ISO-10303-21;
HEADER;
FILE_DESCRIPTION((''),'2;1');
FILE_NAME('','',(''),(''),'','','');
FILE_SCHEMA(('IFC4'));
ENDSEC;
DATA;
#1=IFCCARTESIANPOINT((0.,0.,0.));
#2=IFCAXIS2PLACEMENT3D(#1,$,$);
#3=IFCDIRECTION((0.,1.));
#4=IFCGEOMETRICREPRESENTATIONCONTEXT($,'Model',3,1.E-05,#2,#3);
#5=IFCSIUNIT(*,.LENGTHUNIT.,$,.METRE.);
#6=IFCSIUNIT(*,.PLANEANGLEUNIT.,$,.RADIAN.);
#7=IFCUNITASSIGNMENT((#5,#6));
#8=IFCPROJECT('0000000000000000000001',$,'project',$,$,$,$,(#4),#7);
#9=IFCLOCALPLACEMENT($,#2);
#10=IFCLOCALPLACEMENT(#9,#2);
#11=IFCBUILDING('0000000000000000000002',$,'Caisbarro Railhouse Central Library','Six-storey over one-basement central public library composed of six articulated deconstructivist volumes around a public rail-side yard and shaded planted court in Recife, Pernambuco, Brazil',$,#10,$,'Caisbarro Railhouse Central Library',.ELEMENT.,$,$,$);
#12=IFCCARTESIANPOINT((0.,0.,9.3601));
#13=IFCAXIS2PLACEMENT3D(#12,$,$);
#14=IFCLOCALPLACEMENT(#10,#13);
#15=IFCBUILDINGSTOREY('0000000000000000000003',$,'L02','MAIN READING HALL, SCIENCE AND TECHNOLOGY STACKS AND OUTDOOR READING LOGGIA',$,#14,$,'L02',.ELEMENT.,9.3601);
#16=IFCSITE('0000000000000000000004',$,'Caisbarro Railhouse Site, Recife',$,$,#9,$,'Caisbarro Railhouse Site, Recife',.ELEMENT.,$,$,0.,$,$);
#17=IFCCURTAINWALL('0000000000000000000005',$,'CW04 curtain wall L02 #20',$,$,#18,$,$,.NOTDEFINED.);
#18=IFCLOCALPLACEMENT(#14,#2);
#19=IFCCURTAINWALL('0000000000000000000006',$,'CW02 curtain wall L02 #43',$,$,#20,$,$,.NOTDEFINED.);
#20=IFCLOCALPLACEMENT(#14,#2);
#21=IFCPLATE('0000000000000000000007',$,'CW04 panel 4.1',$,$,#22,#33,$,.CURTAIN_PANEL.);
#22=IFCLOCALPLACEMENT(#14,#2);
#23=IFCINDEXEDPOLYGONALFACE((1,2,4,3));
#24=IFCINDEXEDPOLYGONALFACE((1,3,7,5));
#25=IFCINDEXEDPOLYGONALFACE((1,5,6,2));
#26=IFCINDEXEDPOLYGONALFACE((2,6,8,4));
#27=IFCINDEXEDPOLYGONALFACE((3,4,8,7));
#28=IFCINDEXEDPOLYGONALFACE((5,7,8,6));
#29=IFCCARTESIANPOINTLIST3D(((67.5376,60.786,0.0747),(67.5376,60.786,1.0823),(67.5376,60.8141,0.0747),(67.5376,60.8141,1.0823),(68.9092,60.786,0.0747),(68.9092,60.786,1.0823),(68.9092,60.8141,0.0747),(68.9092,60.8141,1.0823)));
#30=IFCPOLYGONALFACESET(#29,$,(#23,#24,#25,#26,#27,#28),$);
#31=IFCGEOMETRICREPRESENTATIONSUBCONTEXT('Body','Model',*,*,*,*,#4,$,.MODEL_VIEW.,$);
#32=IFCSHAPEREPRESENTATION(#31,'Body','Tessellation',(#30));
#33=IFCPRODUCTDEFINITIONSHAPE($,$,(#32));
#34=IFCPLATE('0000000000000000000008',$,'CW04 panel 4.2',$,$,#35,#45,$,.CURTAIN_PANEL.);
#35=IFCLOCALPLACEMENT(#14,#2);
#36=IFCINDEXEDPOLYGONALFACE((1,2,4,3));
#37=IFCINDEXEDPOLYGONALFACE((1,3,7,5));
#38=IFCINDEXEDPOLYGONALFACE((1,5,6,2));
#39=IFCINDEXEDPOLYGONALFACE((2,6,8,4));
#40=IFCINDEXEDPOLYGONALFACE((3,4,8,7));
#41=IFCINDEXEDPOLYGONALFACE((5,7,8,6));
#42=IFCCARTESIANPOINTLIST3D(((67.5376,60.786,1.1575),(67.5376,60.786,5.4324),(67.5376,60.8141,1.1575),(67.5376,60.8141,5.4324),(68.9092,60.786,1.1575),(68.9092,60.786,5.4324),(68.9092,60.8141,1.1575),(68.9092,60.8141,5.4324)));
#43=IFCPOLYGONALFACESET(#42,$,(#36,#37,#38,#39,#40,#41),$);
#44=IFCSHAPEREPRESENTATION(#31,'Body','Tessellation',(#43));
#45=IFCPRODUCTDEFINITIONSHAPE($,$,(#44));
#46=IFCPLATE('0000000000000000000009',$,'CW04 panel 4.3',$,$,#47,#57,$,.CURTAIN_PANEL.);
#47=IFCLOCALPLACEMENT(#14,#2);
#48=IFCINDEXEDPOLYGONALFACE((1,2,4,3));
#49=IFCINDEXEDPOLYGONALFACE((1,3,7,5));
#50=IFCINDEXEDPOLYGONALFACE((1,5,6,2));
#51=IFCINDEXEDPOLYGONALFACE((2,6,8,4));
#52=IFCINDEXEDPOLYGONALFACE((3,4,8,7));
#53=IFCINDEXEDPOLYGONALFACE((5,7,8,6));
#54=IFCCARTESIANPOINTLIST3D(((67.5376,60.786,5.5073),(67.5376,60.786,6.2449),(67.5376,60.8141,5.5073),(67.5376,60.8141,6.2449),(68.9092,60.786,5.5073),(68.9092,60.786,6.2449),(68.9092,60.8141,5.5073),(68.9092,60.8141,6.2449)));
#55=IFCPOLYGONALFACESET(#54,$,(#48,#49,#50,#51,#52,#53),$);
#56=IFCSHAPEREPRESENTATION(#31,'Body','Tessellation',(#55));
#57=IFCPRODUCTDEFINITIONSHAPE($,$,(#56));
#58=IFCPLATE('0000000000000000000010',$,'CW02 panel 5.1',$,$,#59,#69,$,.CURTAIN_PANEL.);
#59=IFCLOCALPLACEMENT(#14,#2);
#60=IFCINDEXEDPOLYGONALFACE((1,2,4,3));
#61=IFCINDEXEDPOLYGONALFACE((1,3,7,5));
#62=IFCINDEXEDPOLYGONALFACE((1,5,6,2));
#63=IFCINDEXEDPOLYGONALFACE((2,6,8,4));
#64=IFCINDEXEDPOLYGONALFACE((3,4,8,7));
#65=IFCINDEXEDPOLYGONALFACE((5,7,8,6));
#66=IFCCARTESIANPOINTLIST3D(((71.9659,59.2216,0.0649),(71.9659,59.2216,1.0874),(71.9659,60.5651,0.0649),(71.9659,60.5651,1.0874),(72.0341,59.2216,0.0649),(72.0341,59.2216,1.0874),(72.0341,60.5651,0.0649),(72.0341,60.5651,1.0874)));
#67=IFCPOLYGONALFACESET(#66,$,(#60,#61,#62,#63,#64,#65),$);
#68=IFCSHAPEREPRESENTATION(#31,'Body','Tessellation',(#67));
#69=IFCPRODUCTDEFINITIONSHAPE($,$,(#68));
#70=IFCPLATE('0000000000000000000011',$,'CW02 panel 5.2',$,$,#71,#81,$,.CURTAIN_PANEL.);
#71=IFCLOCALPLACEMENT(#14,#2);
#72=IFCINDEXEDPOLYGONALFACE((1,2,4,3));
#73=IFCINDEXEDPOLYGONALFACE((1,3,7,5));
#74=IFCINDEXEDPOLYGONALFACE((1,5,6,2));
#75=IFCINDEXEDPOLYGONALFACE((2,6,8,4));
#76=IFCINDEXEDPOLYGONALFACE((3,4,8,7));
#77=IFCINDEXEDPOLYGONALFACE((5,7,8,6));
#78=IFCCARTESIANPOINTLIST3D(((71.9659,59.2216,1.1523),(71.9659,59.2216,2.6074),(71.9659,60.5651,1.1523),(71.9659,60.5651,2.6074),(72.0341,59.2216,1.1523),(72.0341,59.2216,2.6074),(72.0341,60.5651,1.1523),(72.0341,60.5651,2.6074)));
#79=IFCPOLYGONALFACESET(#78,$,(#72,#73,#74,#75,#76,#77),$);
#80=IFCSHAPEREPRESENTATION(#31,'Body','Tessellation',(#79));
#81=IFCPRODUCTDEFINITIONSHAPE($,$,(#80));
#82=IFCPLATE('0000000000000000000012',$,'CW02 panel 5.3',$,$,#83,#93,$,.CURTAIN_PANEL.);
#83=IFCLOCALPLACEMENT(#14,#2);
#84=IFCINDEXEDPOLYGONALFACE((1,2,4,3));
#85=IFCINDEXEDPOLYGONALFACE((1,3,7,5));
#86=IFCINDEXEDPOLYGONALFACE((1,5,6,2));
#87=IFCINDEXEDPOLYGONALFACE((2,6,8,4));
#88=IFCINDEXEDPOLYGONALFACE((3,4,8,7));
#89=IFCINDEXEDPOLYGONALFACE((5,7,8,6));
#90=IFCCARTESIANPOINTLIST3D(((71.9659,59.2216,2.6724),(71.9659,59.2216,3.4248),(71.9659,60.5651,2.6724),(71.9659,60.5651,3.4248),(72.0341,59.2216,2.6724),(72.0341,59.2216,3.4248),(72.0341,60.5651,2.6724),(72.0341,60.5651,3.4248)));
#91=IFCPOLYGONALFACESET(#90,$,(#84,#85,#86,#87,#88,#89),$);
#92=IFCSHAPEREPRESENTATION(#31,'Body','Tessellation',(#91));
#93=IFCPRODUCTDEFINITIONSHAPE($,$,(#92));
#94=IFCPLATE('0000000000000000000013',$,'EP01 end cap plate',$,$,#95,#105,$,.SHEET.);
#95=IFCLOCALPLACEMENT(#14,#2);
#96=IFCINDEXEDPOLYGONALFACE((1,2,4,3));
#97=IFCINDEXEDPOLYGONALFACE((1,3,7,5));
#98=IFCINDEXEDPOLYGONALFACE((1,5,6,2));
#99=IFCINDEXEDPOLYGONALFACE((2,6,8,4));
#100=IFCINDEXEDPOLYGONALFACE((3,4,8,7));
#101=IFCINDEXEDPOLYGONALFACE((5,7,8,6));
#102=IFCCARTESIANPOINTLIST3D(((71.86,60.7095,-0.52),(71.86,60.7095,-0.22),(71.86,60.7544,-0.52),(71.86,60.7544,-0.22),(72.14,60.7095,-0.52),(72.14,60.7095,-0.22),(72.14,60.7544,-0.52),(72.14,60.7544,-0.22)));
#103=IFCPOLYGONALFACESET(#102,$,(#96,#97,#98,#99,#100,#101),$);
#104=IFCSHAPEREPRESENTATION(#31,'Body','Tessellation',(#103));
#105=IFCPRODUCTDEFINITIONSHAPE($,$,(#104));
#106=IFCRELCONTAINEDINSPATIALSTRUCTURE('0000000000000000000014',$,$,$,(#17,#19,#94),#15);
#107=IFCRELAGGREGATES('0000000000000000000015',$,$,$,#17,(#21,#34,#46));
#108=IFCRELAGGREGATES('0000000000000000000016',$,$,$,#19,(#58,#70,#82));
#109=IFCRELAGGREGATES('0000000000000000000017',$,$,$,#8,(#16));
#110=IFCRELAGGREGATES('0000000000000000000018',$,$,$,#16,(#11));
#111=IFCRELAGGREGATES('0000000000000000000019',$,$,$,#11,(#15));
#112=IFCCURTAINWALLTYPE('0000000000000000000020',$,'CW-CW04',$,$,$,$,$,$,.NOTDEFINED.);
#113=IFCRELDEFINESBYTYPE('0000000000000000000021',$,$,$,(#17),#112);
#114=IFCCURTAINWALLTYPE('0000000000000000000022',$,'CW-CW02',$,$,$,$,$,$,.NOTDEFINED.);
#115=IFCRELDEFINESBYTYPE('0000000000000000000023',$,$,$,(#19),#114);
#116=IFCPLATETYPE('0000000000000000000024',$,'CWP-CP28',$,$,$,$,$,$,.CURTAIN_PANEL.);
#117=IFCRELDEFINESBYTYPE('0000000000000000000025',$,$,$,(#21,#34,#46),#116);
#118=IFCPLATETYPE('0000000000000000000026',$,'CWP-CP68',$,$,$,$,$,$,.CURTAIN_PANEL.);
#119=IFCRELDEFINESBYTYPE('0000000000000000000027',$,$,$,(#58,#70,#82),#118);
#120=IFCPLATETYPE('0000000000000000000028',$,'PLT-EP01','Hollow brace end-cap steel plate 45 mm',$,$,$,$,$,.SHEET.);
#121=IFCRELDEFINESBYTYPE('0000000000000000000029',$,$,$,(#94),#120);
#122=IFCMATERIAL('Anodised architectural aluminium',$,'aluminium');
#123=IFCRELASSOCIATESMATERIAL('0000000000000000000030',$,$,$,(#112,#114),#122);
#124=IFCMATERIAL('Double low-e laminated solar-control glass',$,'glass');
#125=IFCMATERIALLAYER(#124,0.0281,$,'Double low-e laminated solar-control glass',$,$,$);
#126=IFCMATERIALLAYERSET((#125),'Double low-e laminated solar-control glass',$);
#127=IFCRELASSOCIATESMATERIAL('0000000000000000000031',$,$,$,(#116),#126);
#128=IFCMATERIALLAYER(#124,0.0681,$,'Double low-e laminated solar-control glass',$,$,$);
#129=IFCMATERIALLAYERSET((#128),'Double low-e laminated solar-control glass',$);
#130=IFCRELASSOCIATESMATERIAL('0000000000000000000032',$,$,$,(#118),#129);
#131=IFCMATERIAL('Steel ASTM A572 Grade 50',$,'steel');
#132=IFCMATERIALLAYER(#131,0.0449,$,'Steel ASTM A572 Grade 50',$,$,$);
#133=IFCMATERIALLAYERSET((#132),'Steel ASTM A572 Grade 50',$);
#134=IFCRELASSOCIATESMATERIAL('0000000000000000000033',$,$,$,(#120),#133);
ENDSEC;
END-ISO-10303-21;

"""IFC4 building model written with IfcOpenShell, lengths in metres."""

from ifc_helpers import new_model, si_unit, direction, frame, origin, origin_2d, place, context, subcontext, project, spatial, rectangle, extrude, material, layer, layer_set, type_object, element, aggregate, save


model = new_model("IFC4")

# Units and contexts
model_context = context("Model", 3, precision=1e-05, world=origin(), true_north=direction((0.0, 1.0)))
body_context = subcontext(model_context, "Body", "Model", "MODEL_VIEW")
ifc_project = project(units=[si_unit("LENGTHUNIT", "METRE"), si_unit("PLANEANGLEUNIT", "RADIAN")], contexts=[model_context])

# Site, building, storey
site_placement = place(None, origin())
site = spatial("IfcSite", under=ifc_project, at=site_placement, Name="Caisbarro Railhouse Site, Recife", LongName="Caisbarro Railhouse Site, Recife", CompositionType="ELEMENT", RefElevation=0.0)
building_placement = place(site_placement, origin())
building = spatial("IfcBuilding", under=site, at=building_placement, Name="Caisbarro Railhouse Central Library", Description="Six-storey over one-basement central public library composed of six articulated deconstructivist volumes around a public rail-side yard and shaded planted court in Recife, Pernambuco, Brazil", LongName="Caisbarro Railhouse Central Library", CompositionType="ELEMENT")
storey_placement = place(building_placement, frame((0.0, 0.0, 9.3601)))
storey = spatial("IfcBuildingStorey", under=building, at=storey_placement, Name="L02", Description="MAIN READING HALL, SCIENCE AND TECHNOLOGY STACKS AND OUTDOOR READING LOGGIA", LongName="L02", CompositionType="ELEMENT", Elevation=9.3601)

# Curtain wall
ifc_material_1 = material(Name="Anodised architectural aluminium", Category="aluminium")
curtain_wall_type_1 = type_object("IfcCurtainWallType", Name="CW-CW04", PredefinedType="NOTDEFINED", material=ifc_material_1)
curtain_wall_1_placement = place(storey_placement, origin())
curtain_wall_1 = element("IfcCurtainWall", 1, at=curtain_wall_1_placement, inside=storey, type_object=curtain_wall_type_1, Name="CW04 curtain wall L02 #20", PredefinedType="NOTDEFINED")

# Curtain wall
curtain_wall_type_2 = type_object("IfcCurtainWallType", Name="CW-CW02", PredefinedType="NOTDEFINED", material=ifc_material_1)
curtain_wall_2_placement = place(storey_placement, origin())
curtain_wall_2 = element("IfcCurtainWall", 2, at=curtain_wall_2_placement, inside=storey, type_object=curtain_wall_type_2, Name="CW02 curtain wall L02 #43", PredefinedType="NOTDEFINED")

# Plates
ifc_material_2 = material(Name="Double low-e laminated solar-control glass", Category="glass")
ifc_layer_1 = layer(ifc_material_2, 0.0281, Name="Double low-e laminated solar-control glass")
ifc_layer_set_1 = layer_set([ifc_layer_1], Name="Double low-e laminated solar-control glass")
plate_type_1 = type_object("IfcPlateType", Name="CWP-CP28", PredefinedType="CURTAIN_PANEL", material=ifc_layer_set_1)
plate_1_placement = place(storey_placement, frame((68.2234, 60.8, 0.0747), z_axis=(0.0, 0.0, 1.0), x_axis=(1.0, 0.0, 0.0)))
plate_1 = element("IfcPlate", 3, at=plate_1_placement, type_object=plate_type_1, Name="CW04 panel 4.1", PredefinedType="CURTAIN_PANEL", context=body_context, shape_type="SweptSolid", body=[
    extrude(rectangle(XDim=1.3716, YDim=0.0281, at=origin_2d()), origin(), (0.0, 0.0, 1.0), 1.0076),
])
plate_2_placement = place(storey_placement, frame((68.2234, 60.8, 1.1575), z_axis=(0.0, 0.0, 1.0), x_axis=(1.0, 0.0, 0.0)))
plate_2 = element("IfcPlate", 4, at=plate_2_placement, type_object=plate_type_1, Name="CW04 panel 4.2", PredefinedType="CURTAIN_PANEL", context=body_context, shape_type="SweptSolid", body=[
    extrude(rectangle(XDim=1.3716, YDim=0.0281, at=origin_2d()), origin(), (0.0, 0.0, 1.0), 4.2749),
])
plate_3_placement = place(storey_placement, frame((68.2234, 60.8, 5.5073), z_axis=(0.0, 0.0, 1.0), x_axis=(1.0, 0.0, 0.0)))
plate_3 = element("IfcPlate", 5, at=plate_3_placement, type_object=plate_type_1, Name="CW04 panel 4.3", PredefinedType="CURTAIN_PANEL", context=body_context, shape_type="SweptSolid", body=[
    extrude(rectangle(XDim=1.3716, YDim=0.0281, at=origin_2d()), origin(), (0.0, 0.0, 1.0), 0.7375),
])
aggregate(curtain_wall_1, [plate_1, plate_2, plate_3])
ifc_layer_2 = layer(ifc_material_2, 0.0681, Name="Double low-e laminated solar-control glass")
ifc_layer_set_2 = layer_set([ifc_layer_2], Name="Double low-e laminated solar-control glass")
plate_type_2 = type_object("IfcPlateType", Name="CWP-CP68", PredefinedType="CURTAIN_PANEL", material=ifc_layer_set_2)
plate_4_placement = place(storey_placement, frame((72.0, 59.8933, 0.0649), z_axis=(0.0, 0.0, 1.0), x_axis=(0.0, 1.0, 0.0)))
plate_4 = element("IfcPlate", 6, at=plate_4_placement, type_object=plate_type_2, Name="CW02 panel 5.1", PredefinedType="CURTAIN_PANEL", context=body_context, shape_type="SweptSolid", body=[
    extrude(rectangle(XDim=1.3435, YDim=0.0681, at=origin_2d()), origin(), (0.0, 0.0, 1.0), 1.0225),
])
plate_5_placement = place(storey_placement, frame((72.0, 59.8933, 1.1523), z_axis=(0.0, 0.0, 1.0), x_axis=(0.0, 1.0, 0.0)))
plate_5 = element("IfcPlate", 7, at=plate_5_placement, type_object=plate_type_2, Name="CW02 panel 5.2", PredefinedType="CURTAIN_PANEL", context=body_context, shape_type="SweptSolid", body=[
    extrude(rectangle(XDim=1.3435, YDim=0.0681, at=origin_2d()), origin(), (0.0, 0.0, 1.0), 1.4551),
])
plate_6_placement = place(storey_placement, frame((72.0, 59.8933, 2.6724), z_axis=(0.0, 0.0, 1.0), x_axis=(0.0, 1.0, 0.0)))
plate_6 = element("IfcPlate", 8, at=plate_6_placement, type_object=plate_type_2, Name="CW02 panel 5.3", PredefinedType="CURTAIN_PANEL", context=body_context, shape_type="SweptSolid", body=[
    extrude(rectangle(XDim=1.3435, YDim=0.0681, at=origin_2d()), origin(), (0.0, 0.0, 1.0), 0.7524),
])
aggregate(curtain_wall_2, [plate_4, plate_5, plate_6])
ifc_material_3 = material(Name="Steel ASTM A572 Grade 50", Category="steel")
ifc_layer_3 = layer(ifc_material_3, 0.0449, Name="Steel ASTM A572 Grade 50")
ifc_layer_set_3 = layer_set([ifc_layer_3], Name="Steel ASTM A572 Grade 50")
plate_type_3 = type_object("IfcPlateType", Name="PLT-EP01", Description="Hollow brace end-cap steel plate 45 mm", PredefinedType="SHEET", material=ifc_layer_set_3)
plate_7_placement = place(storey_placement, frame((72.0, 60.7319, -0.52), z_axis=(0.0, 0.0, 1.0), x_axis=(0.0, 1.0, 0.0)))
element("IfcPlate", 9, at=plate_7_placement, inside=storey, type_object=plate_type_3, Name="EP01 end cap plate", PredefinedType="SHEET", context=body_context, shape_type="SweptSolid", body=[
    extrude(rectangle(XDim=0.0449, YDim=0.28, at=origin_2d()), origin(), (0.0, 0.0, 1.0), 0.3),
])

save(model, "model.ifc")
